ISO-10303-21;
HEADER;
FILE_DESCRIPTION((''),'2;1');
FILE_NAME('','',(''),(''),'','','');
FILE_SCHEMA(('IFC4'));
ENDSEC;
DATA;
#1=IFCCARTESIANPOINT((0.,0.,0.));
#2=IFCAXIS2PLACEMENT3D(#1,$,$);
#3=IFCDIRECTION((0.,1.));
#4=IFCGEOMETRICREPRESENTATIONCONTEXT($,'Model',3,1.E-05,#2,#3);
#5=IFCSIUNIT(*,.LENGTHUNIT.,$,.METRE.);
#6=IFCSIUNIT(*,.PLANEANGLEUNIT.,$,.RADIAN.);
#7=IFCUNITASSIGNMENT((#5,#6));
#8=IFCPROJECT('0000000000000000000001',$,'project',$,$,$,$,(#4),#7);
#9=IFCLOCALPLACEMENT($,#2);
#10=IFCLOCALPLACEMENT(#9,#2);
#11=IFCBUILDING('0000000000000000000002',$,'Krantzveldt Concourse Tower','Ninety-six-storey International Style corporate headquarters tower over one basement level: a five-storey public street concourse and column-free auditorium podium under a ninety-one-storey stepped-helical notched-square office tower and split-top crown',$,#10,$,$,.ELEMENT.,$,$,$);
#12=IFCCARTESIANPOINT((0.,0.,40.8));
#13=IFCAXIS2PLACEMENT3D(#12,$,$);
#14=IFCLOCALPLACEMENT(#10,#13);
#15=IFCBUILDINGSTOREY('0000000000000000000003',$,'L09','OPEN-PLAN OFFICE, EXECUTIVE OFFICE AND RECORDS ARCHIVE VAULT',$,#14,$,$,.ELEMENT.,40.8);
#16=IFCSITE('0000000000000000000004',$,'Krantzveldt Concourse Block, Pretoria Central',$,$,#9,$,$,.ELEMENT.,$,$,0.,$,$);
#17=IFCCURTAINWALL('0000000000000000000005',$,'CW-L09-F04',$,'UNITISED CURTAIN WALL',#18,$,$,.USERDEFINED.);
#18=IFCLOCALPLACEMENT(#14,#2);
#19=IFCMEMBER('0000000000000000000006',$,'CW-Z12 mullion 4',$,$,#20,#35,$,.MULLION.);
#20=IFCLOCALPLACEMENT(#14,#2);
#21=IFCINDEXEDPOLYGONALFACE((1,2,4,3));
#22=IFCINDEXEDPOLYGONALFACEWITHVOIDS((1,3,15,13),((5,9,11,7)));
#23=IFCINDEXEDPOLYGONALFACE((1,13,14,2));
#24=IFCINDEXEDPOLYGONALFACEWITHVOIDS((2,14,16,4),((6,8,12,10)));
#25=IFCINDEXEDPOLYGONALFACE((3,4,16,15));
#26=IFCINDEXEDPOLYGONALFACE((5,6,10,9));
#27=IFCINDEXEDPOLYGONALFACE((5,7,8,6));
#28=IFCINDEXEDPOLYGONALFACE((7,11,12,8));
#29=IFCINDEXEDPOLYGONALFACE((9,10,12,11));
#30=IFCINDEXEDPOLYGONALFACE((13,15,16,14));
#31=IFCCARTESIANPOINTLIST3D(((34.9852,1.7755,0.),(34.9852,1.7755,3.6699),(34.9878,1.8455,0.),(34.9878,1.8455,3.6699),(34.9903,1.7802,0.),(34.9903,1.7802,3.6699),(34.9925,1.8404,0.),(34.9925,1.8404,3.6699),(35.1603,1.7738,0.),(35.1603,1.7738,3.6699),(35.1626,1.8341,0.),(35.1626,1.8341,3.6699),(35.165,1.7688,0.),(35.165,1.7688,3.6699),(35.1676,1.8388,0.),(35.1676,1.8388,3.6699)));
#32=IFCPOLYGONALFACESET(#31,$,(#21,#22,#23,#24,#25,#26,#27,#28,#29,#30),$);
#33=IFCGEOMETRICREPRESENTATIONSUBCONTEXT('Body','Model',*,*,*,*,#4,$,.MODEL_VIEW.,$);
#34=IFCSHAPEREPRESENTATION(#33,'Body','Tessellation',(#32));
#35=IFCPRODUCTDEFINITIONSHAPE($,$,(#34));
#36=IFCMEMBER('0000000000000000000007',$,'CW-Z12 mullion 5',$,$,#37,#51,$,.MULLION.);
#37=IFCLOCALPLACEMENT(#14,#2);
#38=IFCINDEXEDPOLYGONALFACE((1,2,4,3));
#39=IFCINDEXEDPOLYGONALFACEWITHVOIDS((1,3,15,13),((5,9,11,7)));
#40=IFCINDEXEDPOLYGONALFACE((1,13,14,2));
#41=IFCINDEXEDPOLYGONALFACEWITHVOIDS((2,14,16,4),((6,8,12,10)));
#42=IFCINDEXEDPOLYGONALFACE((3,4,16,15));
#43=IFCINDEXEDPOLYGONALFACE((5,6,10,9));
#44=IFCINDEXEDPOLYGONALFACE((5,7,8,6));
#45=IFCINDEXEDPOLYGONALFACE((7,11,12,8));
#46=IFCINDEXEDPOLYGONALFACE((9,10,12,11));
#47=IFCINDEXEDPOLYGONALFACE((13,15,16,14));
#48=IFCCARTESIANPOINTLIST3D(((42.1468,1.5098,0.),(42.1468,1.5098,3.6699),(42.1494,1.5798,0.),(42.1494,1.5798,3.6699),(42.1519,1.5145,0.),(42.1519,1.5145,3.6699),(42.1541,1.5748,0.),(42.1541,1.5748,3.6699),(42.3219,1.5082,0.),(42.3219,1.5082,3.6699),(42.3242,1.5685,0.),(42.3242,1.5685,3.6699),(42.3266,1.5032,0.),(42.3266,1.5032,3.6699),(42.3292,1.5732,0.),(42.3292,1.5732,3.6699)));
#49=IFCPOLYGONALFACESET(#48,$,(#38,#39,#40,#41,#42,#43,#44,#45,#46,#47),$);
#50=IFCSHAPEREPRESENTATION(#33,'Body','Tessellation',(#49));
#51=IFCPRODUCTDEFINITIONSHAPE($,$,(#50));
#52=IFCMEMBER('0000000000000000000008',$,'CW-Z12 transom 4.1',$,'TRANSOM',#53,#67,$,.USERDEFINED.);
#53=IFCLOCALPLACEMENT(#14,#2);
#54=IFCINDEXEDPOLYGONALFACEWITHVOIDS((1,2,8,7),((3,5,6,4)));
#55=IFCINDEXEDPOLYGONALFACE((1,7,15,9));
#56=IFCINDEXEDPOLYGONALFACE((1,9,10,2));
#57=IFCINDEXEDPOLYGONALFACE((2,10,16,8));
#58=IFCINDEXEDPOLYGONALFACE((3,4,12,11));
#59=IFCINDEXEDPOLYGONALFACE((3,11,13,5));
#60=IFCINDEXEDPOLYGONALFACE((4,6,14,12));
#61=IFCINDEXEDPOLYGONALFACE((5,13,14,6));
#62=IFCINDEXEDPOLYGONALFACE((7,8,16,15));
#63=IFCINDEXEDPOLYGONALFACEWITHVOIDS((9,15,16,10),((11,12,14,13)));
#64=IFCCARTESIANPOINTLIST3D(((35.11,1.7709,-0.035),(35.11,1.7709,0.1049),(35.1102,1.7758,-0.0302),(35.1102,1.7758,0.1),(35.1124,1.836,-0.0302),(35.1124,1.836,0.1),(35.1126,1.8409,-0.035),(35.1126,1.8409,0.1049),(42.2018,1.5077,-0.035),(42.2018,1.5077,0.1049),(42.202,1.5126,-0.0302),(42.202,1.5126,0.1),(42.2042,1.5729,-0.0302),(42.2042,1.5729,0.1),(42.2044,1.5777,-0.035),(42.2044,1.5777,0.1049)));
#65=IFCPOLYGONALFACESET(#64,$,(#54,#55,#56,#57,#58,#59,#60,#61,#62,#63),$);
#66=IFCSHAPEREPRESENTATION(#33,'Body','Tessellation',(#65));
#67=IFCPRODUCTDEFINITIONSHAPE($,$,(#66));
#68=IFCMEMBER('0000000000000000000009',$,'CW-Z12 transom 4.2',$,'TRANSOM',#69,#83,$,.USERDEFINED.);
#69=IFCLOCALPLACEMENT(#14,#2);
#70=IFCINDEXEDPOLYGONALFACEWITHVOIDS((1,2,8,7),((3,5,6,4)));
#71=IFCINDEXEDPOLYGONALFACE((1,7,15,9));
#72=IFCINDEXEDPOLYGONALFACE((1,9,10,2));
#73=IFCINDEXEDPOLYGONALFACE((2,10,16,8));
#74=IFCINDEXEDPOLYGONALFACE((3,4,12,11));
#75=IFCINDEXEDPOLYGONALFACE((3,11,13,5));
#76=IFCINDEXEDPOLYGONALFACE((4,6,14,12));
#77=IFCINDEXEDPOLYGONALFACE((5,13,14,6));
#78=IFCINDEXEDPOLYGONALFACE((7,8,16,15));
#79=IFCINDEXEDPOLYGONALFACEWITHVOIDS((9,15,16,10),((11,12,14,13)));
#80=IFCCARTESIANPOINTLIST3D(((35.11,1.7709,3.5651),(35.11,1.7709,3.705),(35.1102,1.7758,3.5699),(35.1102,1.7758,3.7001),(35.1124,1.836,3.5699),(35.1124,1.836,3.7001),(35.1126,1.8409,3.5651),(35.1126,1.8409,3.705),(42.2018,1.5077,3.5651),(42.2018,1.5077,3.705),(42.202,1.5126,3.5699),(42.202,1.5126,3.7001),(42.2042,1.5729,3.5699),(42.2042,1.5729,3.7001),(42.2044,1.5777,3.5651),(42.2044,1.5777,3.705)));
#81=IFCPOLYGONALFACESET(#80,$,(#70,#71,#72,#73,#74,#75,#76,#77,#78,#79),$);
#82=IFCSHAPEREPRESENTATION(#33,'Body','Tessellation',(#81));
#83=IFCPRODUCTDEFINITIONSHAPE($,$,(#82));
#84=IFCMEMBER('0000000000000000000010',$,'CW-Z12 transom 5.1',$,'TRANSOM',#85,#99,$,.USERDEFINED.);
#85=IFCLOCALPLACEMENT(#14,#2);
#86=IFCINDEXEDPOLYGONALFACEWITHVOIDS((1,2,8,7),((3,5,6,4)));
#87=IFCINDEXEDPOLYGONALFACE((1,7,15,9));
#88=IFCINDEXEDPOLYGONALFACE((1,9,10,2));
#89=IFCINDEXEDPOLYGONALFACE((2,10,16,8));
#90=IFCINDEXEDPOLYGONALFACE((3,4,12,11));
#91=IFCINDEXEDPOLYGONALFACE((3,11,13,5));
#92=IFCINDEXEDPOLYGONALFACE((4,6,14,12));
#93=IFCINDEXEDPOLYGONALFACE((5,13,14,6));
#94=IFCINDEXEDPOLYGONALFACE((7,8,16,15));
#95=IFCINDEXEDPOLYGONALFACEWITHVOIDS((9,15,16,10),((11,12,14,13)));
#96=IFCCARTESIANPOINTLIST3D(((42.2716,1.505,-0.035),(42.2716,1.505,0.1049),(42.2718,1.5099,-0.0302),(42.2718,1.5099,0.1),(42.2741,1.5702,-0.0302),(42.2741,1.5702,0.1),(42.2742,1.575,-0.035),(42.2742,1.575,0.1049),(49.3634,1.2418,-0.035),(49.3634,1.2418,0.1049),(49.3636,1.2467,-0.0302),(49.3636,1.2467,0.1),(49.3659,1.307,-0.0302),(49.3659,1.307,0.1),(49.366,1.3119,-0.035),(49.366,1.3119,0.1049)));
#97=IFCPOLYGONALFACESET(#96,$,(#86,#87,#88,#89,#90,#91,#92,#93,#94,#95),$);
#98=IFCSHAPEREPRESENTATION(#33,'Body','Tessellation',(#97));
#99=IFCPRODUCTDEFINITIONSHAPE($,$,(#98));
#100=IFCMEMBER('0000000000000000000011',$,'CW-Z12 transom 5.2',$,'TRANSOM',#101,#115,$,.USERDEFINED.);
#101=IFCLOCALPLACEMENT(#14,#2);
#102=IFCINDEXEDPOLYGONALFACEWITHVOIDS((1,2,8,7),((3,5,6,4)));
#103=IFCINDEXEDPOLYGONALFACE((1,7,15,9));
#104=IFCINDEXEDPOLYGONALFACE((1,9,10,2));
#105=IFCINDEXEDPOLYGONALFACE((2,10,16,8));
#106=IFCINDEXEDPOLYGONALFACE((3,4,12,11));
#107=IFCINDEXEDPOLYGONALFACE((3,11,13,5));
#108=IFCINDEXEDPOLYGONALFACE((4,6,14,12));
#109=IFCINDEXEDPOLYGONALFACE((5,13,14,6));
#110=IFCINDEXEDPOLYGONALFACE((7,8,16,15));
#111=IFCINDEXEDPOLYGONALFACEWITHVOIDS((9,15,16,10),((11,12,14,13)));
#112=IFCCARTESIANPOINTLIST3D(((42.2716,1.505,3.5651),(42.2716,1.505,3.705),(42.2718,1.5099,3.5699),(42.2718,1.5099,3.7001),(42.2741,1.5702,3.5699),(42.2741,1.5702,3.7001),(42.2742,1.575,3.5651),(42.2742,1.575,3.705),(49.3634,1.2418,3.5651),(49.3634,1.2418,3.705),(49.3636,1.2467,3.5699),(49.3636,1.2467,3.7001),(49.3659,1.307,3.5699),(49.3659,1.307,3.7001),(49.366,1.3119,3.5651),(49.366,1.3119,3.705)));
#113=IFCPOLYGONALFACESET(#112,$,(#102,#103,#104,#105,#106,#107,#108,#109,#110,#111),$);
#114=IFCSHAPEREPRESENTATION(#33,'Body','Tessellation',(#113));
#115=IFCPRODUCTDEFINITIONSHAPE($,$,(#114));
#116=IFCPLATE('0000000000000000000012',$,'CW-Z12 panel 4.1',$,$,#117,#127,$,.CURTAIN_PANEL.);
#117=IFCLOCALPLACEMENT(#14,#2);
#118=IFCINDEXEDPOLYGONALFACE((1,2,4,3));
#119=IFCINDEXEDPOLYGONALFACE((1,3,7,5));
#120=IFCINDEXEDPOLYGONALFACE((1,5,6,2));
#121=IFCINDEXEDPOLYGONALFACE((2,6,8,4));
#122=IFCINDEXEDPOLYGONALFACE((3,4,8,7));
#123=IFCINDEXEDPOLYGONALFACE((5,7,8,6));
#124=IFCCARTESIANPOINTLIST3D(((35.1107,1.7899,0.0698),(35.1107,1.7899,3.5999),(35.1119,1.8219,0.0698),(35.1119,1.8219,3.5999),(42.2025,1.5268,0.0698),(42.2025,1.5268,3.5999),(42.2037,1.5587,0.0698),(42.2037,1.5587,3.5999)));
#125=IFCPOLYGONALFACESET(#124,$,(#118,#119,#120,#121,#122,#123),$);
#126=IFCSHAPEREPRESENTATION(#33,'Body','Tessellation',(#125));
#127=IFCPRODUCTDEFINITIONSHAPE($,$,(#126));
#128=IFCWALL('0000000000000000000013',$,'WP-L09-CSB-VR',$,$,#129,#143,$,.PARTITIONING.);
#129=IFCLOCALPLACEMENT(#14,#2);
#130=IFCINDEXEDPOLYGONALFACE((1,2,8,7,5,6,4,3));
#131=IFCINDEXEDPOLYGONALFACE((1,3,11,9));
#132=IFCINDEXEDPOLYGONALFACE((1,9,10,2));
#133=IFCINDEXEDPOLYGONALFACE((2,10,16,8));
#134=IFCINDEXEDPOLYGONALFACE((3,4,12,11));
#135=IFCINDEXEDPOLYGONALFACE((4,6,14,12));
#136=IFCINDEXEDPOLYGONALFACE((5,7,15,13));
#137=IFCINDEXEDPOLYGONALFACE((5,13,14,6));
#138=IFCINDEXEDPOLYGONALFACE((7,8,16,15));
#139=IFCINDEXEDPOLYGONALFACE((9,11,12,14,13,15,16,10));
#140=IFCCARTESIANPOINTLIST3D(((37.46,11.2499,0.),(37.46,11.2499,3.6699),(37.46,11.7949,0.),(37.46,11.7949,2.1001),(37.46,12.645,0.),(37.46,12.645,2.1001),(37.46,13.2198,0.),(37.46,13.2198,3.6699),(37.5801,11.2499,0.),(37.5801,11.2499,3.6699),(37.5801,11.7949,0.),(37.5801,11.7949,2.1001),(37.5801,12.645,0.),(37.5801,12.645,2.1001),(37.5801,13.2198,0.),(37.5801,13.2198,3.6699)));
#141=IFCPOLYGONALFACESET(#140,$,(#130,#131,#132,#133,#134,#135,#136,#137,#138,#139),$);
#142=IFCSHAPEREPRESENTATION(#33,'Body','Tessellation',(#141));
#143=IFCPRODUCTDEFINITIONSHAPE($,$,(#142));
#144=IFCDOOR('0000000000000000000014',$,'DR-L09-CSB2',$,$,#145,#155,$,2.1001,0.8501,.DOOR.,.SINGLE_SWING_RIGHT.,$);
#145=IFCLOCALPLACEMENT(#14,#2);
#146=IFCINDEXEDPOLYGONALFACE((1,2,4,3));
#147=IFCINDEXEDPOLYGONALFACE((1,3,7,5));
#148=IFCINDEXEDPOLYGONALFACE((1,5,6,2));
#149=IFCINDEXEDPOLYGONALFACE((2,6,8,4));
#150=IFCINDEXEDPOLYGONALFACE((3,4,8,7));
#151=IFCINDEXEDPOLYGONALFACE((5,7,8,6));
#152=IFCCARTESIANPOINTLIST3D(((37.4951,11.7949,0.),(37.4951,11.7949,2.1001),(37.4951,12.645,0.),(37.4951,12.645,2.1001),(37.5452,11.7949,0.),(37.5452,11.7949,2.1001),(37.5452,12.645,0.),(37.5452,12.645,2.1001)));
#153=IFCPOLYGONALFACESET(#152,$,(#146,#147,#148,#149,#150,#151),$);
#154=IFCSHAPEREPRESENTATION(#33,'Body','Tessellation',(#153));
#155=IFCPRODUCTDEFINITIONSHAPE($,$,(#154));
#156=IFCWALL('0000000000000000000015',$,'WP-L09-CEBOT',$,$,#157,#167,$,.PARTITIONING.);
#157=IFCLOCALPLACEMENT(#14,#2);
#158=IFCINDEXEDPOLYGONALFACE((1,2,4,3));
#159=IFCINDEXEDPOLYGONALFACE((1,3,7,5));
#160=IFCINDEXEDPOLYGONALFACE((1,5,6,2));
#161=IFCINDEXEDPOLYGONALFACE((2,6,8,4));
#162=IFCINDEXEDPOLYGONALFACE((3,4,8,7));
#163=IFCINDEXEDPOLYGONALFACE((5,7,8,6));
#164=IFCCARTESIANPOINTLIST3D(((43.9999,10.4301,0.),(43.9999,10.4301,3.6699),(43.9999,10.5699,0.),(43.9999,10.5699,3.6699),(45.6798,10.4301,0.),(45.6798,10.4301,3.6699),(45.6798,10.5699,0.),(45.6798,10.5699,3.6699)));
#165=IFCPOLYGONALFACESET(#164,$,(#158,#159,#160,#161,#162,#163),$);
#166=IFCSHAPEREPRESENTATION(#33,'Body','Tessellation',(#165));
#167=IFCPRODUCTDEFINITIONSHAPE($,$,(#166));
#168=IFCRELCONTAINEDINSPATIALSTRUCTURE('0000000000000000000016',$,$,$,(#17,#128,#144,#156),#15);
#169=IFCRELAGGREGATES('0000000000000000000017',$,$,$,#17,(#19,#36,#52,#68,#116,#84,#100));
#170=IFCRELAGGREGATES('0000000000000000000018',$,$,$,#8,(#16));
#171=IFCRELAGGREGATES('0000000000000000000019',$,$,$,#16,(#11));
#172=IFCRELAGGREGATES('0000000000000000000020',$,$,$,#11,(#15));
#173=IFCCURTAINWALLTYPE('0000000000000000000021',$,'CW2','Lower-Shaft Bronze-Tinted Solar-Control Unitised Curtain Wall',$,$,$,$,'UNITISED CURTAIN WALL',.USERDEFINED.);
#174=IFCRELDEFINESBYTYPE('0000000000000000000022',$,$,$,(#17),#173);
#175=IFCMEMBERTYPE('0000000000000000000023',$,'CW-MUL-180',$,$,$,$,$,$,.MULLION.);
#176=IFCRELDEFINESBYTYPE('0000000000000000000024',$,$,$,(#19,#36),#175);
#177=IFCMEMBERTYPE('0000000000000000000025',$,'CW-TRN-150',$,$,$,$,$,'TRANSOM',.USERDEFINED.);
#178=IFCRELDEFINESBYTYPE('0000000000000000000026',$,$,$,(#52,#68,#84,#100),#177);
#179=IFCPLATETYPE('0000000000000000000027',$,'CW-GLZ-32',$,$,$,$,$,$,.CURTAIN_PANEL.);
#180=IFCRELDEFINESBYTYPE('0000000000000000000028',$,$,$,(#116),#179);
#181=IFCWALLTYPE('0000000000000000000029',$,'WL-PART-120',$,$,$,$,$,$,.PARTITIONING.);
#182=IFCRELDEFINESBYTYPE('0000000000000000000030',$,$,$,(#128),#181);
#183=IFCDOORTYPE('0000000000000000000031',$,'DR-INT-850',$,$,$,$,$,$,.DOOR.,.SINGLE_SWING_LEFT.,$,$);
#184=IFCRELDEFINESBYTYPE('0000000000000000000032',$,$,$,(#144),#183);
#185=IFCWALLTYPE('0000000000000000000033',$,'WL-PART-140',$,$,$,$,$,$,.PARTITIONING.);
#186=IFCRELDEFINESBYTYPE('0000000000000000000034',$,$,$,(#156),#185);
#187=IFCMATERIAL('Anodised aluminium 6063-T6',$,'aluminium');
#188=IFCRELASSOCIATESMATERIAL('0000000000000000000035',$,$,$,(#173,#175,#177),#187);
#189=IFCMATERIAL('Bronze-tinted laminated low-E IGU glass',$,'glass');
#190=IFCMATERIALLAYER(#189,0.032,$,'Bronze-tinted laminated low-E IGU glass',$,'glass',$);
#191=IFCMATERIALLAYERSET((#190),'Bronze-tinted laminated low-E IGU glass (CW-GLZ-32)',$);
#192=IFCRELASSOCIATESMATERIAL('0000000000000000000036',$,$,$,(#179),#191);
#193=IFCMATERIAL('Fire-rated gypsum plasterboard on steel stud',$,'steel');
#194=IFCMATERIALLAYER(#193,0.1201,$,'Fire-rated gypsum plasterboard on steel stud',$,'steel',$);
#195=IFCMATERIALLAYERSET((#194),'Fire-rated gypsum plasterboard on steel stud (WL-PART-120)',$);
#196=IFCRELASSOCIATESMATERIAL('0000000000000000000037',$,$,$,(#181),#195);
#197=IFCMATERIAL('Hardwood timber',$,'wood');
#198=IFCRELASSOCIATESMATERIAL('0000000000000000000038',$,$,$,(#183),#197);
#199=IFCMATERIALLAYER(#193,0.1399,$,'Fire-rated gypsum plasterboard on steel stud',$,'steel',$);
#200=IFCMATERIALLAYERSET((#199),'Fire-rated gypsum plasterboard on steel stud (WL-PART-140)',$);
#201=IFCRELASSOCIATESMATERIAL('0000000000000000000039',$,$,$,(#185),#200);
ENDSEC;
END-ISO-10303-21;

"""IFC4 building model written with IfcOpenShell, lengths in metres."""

from ifc_helpers import new_model, si_unit, direction, frame, frame_2d, origin, origin_2d, place, context, subcontext, project, spatial, rectangle, hollow_rectangle, extrude, source, transform, mapped, material, layer, layer_set, material_profile, profile_set, type_object, type_shapes, element, fill, aggregate, save


model = new_model("IFC4")

# Units and contexts
model_context = context("Model", 3, precision=1e-05, world=origin(), true_north=direction((0.0, 1.0)))
body_context = subcontext(model_context, "Body", "Model", "MODEL_VIEW")
ifc_project = project(units=[si_unit("LENGTHUNIT", "METRE"), si_unit("PLANEANGLEUNIT", "RADIAN")], contexts=[model_context])

# Site, building, storey
site_placement = place(None, origin())
site = spatial("IfcSite", under=ifc_project, at=site_placement, Name="Krantzveldt Concourse Block, Pretoria Central", CompositionType="ELEMENT", RefElevation=0.0)
building_placement = place(site_placement, origin())
building = spatial("IfcBuilding", under=site, at=building_placement, Name="Krantzveldt Concourse Tower", Description="Ninety-six-storey International Style corporate headquarters tower over one basement level: a five-storey public street concourse and column-free auditorium podium under a ninety-one-storey stepped-helical notched-square office tower and split-top crown", CompositionType="ELEMENT")
storey_placement = place(building_placement, frame((0.0, 0.0, 40.8)))
storey = spatial("IfcBuildingStorey", under=building, at=storey_placement, Name="L09", Description="OPEN-PLAN OFFICE, EXECUTIVE OFFICE AND RECORDS ARCHIVE VAULT", CompositionType="ELEMENT", Elevation=40.8)

# Curtain wall, members, plate
ifc_material_1 = material(Name="Anodised aluminium 6063-T6", Category="aluminium")
curtain_wall_type = type_object("IfcCurtainWallType", Name="CW2", Description="Lower-Shaft Bronze-Tinted Solar-Control Unitised Curtain Wall", ElementType="UNITISED CURTAIN WALL", PredefinedType="USERDEFINED", material=ifc_material_1)
curtain_wall_placement = place(storey_placement, origin())
curtain_wall = element("IfcCurtainWall", 1, at=curtain_wall_placement, inside=storey, type_object=curtain_wall_type, Name="CW-L09-F04", ObjectType="UNITISED CURTAIN WALL", PredefinedType="USERDEFINED")
ifc_material_profile_1 = material_profile(ifc_material_1, hollow_rectangle(XDim=0.0701, YDim=0.1799, WallThickness=0.0049, at=origin_2d()), Name="Anodised aluminium 6063-T6", Category="aluminium")
ifc_profile_set_1 = profile_set([ifc_material_profile_1], Name="Anodised aluminium 6063-T6 - ALU-MULL 180x70x5")
member_type_1 = type_object("IfcMemberType", Name="CW-MUL-180", PredefinedType="MULLION", material=ifc_profile_set_1)
shared_shape_1 = source(origin(), body_context, "Body", "SweptSolid", [
    extrude(hollow_rectangle(XDim=0.0701, YDim=0.1799, WallThickness=0.0049, at=origin_2d()), origin(), (0.0, 0.0, 1.0), 3.6699),
])
type_shapes(member_type_1, [shared_shape_1])
member_1_placement = place(storey_placement, frame((35.0764, 1.8071, 0.0), z_axis=(0.0, 0.0, 1.0), x_axis=(0.03708, 0.999312, 0.0)))
member_1 = element("IfcMember", 2, at=member_1_placement, type_object=member_type_1, Name="CW-Z12 mullion 4", PredefinedType="MULLION", context=body_context, shape_type="MappedRepresentation", body=[
    mapped(shared_shape_1, transform((0.0, 0.0, 0.0), x_axis=(1.0, 0.0, 0.0), y_axis=(0.0, 1.0, 0.0), z_axis=(0.0, 0.0, 1.0), scale=1.0)),
])
member_2_placement = place(storey_placement, frame((42.238, 1.5415, 0.0), z_axis=(0.0, 0.0, 1.0), x_axis=(0.03708, 0.999312, 0.0)))
member_2 = element("IfcMember", 3, at=member_2_placement, type_object=member_type_1, Name="CW-Z12 mullion 5", PredefinedType="MULLION", context=body_context, shape_type="MappedRepresentation", body=[
    mapped(shared_shape_1, transform((0.0, 0.0, 0.0), x_axis=(1.0, 0.0, 0.0), y_axis=(0.0, 1.0, 0.0), z_axis=(0.0, 0.0, 1.0), scale=1.0)),
])
ifc_material_profile_2 = material_profile(ifc_material_1, hollow_rectangle(XDim=0.0701, YDim=0.1399, WallThickness=0.0049, at=origin_2d()), Name="Anodised aluminium 6063-T6", Category="aluminium")
ifc_profile_set_2 = profile_set([ifc_material_profile_2], Name="Anodised aluminium 6063-T6 - ALU-TRAN 140x70x5")
member_type_2 = type_object("IfcMemberType", Name="CW-TRN-150", ElementType="TRANSOM", PredefinedType="USERDEFINED", material=ifc_profile_set_2)
shared_shape_2 = source(origin(), body_context, "Body", "SweptSolid", [
    extrude(hollow_rectangle(XDim=0.0701, YDim=0.1399, WallThickness=0.0049, at=origin_2d()), origin(), (0.0, 0.0, 1.0), 7.0967),
])
type_shapes(member_type_2, [shared_shape_2])
member_3_placement = place(storey_placement, frame((35.1113, 1.8059, 0.0349), z_axis=(0.999312, -0.037085, 0.0), x_axis=(0.037085, 0.999312, 0.0)))
member_3 = element("IfcMember", 4, at=member_3_placement, type_object=member_type_2, Name="CW-Z12 transom 4.1", ObjectType="TRANSOM", PredefinedType="USERDEFINED", context=body_context, shape_type="MappedRepresentation", body=[
    mapped(shared_shape_2, transform((0.0, 0.0, 0.0), x_axis=(1.0, 0.0, 0.0), y_axis=(0.0, 1.0, 0.0), z_axis=(0.0, 0.0, 1.0), scale=1.0)),
])
member_4_placement = place(storey_placement, frame((35.1113, 1.8059, 3.635), z_axis=(0.999312, -0.037085, 0.0), x_axis=(0.037085, 0.999312, 0.0)))
member_4 = element("IfcMember", 5, at=member_4_placement, type_object=member_type_2, Name="CW-Z12 transom 4.2", ObjectType="TRANSOM", PredefinedType="USERDEFINED", context=body_context, shape_type="MappedRepresentation", body=[
    mapped(shared_shape_2, transform((0.0, 0.0, 0.0), x_axis=(1.0, 0.0, 0.0), y_axis=(0.0, 1.0, 0.0), z_axis=(0.0, 0.0, 1.0), scale=1.0)),
])
member_5_placement = place(storey_placement, frame((42.2729, 1.54, 0.0349), z_axis=(0.999312, -0.037085, 0.0), x_axis=(0.037085, 0.999312, 0.0)))
member_5 = element("IfcMember", 6, at=member_5_placement, type_object=member_type_2, Name="CW-Z12 transom 5.1", ObjectType="TRANSOM", PredefinedType="USERDEFINED", context=body_context, shape_type="MappedRepresentation", body=[
    mapped(shared_shape_2, transform((0.0, 0.0, 0.0), x_axis=(1.0, 0.0, 0.0), y_axis=(0.0, 1.0, 0.0), z_axis=(0.0, 0.0, 1.0), scale=1.0)),
])
member_6_placement = place(storey_placement, frame((42.2729, 1.54, 3.635), z_axis=(0.999312, -0.037085, 0.0), x_axis=(0.037085, 0.999312, 0.0)))
member_6 = element("IfcMember", 7, at=member_6_placement, type_object=member_type_2, Name="CW-Z12 transom 5.2", ObjectType="TRANSOM", PredefinedType="USERDEFINED", context=body_context, shape_type="MappedRepresentation", body=[
    mapped(shared_shape_2, transform((0.0, 0.0, 0.0), x_axis=(1.0, 0.0, 0.0), y_axis=(0.0, 1.0, 0.0), z_axis=(0.0, 0.0, 1.0), scale=1.0)),
])
ifc_material_2 = material(Name="Bronze-tinted laminated low-E IGU glass", Category="glass")
ifc_layer_1 = layer(ifc_material_2, 0.032, Name="Bronze-tinted laminated low-E IGU glass", Category="glass")
ifc_layer_set_1 = layer_set([ifc_layer_1], Name="Bronze-tinted laminated low-E IGU glass (CW-GLZ-32)")
plate_type = type_object("IfcPlateType", Name="CW-GLZ-32", PredefinedType="CURTAIN_PANEL", material=ifc_layer_set_1)
shared_shape_3 = source(origin(), body_context, "Body", "SweptSolid", [
    extrude(rectangle(XDim=7.0967, YDim=0.032, at=origin_2d()), origin(), (0.0, 0.0, 1.0), 3.53),
])
type_shapes(plate_type, [shared_shape_3])
plate_placement = place(storey_placement, frame((38.6572, 1.6743, 0.0698), z_axis=(0.0, 0.0, 1.0), x_axis=(0.999312, -0.03708, 0.0)))
plate = element("IfcPlate", 8, at=plate_placement, type_object=plate_type, Name="CW-Z12 panel 4.1", PredefinedType="CURTAIN_PANEL", context=body_context, shape_type="MappedRepresentation", body=[
    mapped(shared_shape_3, transform((0.0, 0.0, 0.0), x_axis=(1.0, 0.0, 0.0), y_axis=(0.0, 1.0, 0.0), z_axis=(0.0, 0.0, 1.0), scale=1.0)),
])
aggregate(curtain_wall, [member_1, member_2, member_3, member_4, plate, member_5, member_6])

# Wall, opening, door
ifc_material_3 = material(Name="Fire-rated gypsum plasterboard on steel stud", Category="steel")
ifc_layer_2 = layer(ifc_material_3, 0.1201, Name="Fire-rated gypsum plasterboard on steel stud", Category="steel")
ifc_layer_set_2 = layer_set([ifc_layer_2], Name="Fire-rated gypsum plasterboard on steel stud (WL-PART-120)")
wall_type_1 = type_object("IfcWallType", Name="WL-PART-120", PredefinedType="PARTITIONING", material=ifc_layer_set_2)
wall_1_placement = place(storey_placement, frame((37.52, 11.25, 0.0), z_axis=(0.0, 0.0, 1.0), x_axis=(0.0, 1.0, 0.0)))
wall_1 = element("IfcWall", 9, at=wall_1_placement, inside=storey, type_object=wall_type_1, Name="WP-L09-CSB-VR", PredefinedType="PARTITIONING", context=body_context, shape_type="SweptSolid", body=[
    extrude(rectangle(XDim=1.97, YDim=0.1201, at=frame_2d((0.9849, 0.0))), origin(), (0.0, 0.0, 1.0), 3.6699),
])
opening_1_placement = place(wall_1_placement, frame((0.5449, 0.0, 0.0)))
opening_1 = element("IfcOpeningElement", 10, at=opening_1_placement, cuts=wall_1, PredefinedType="OPENING", context=body_context, shape_type="SweptSolid", body=[
    extrude(rectangle(XDim=0.8501, YDim=2.1001, at=frame_2d((0.425, 1.05))), frame((0.0, 0.0701, 0.0), z_axis=(0.0, -1.0, 0.0), x_axis=(1.0, 0.0, 0.0)), (0.0, 0.0, 1.0), 0.1401),
])
ifc_material_4 = material(Name="Hardwood timber", Category="wood")
door_type_1 = type_object("IfcDoorType", Name="DR-INT-850", OperationType="SINGLE_SWING_LEFT", PredefinedType="DOOR", material=ifc_material_4)
door_1_placement = place(opening_1_placement, origin())
door_1 = element("IfcDoor", 11, at=door_1_placement, inside=storey, type_object=door_type_1, Name="DR-L09-CSB2", OperationType="SINGLE_SWING_RIGHT", OverallHeight=2.1001, OverallWidth=0.8501, PredefinedType="DOOR", context=body_context, shape_type="SweptSolid", body=[
    extrude(rectangle(XDim=0.8501, YDim=2.1001, at=frame_2d((0.425, 1.05))), frame((0.0, 0.0249, 0.0), z_axis=(0.0, -1.0, 0.0), x_axis=(1.0, 0.0, 0.0)), (0.0, 0.0, 1.0), 0.05),
])
fill(opening_1, door_1)

# Wall
ifc_layer_3 = layer(ifc_material_3, 0.1399, Name="Fire-rated gypsum plasterboard on steel stud", Category="steel")
ifc_layer_set_3 = layer_set([ifc_layer_3], Name="Fire-rated gypsum plasterboard on steel stud (WL-PART-140)")
wall_type_2 = type_object("IfcWallType", Name="WL-PART-140", PredefinedType="PARTITIONING", material=ifc_layer_set_3)
wall_2_placement = place(storey_placement, frame((44.0, 10.5, 0.0), z_axis=(0.0, 0.0, 1.0), x_axis=(1.0, 0.0, 0.0)))
element("IfcWall", 12, at=wall_2_placement, inside=storey, type_object=wall_type_2, Name="WP-L09-CEBOT", PredefinedType="PARTITIONING", context=body_context, shape_type="SweptSolid", body=[
    extrude(rectangle(XDim=1.6799, YDim=0.1399, at=frame_2d((0.8398, 0.0))), origin(), (0.0, 0.0, 1.0), 3.6699),
])

save(model, "model.ifc")
